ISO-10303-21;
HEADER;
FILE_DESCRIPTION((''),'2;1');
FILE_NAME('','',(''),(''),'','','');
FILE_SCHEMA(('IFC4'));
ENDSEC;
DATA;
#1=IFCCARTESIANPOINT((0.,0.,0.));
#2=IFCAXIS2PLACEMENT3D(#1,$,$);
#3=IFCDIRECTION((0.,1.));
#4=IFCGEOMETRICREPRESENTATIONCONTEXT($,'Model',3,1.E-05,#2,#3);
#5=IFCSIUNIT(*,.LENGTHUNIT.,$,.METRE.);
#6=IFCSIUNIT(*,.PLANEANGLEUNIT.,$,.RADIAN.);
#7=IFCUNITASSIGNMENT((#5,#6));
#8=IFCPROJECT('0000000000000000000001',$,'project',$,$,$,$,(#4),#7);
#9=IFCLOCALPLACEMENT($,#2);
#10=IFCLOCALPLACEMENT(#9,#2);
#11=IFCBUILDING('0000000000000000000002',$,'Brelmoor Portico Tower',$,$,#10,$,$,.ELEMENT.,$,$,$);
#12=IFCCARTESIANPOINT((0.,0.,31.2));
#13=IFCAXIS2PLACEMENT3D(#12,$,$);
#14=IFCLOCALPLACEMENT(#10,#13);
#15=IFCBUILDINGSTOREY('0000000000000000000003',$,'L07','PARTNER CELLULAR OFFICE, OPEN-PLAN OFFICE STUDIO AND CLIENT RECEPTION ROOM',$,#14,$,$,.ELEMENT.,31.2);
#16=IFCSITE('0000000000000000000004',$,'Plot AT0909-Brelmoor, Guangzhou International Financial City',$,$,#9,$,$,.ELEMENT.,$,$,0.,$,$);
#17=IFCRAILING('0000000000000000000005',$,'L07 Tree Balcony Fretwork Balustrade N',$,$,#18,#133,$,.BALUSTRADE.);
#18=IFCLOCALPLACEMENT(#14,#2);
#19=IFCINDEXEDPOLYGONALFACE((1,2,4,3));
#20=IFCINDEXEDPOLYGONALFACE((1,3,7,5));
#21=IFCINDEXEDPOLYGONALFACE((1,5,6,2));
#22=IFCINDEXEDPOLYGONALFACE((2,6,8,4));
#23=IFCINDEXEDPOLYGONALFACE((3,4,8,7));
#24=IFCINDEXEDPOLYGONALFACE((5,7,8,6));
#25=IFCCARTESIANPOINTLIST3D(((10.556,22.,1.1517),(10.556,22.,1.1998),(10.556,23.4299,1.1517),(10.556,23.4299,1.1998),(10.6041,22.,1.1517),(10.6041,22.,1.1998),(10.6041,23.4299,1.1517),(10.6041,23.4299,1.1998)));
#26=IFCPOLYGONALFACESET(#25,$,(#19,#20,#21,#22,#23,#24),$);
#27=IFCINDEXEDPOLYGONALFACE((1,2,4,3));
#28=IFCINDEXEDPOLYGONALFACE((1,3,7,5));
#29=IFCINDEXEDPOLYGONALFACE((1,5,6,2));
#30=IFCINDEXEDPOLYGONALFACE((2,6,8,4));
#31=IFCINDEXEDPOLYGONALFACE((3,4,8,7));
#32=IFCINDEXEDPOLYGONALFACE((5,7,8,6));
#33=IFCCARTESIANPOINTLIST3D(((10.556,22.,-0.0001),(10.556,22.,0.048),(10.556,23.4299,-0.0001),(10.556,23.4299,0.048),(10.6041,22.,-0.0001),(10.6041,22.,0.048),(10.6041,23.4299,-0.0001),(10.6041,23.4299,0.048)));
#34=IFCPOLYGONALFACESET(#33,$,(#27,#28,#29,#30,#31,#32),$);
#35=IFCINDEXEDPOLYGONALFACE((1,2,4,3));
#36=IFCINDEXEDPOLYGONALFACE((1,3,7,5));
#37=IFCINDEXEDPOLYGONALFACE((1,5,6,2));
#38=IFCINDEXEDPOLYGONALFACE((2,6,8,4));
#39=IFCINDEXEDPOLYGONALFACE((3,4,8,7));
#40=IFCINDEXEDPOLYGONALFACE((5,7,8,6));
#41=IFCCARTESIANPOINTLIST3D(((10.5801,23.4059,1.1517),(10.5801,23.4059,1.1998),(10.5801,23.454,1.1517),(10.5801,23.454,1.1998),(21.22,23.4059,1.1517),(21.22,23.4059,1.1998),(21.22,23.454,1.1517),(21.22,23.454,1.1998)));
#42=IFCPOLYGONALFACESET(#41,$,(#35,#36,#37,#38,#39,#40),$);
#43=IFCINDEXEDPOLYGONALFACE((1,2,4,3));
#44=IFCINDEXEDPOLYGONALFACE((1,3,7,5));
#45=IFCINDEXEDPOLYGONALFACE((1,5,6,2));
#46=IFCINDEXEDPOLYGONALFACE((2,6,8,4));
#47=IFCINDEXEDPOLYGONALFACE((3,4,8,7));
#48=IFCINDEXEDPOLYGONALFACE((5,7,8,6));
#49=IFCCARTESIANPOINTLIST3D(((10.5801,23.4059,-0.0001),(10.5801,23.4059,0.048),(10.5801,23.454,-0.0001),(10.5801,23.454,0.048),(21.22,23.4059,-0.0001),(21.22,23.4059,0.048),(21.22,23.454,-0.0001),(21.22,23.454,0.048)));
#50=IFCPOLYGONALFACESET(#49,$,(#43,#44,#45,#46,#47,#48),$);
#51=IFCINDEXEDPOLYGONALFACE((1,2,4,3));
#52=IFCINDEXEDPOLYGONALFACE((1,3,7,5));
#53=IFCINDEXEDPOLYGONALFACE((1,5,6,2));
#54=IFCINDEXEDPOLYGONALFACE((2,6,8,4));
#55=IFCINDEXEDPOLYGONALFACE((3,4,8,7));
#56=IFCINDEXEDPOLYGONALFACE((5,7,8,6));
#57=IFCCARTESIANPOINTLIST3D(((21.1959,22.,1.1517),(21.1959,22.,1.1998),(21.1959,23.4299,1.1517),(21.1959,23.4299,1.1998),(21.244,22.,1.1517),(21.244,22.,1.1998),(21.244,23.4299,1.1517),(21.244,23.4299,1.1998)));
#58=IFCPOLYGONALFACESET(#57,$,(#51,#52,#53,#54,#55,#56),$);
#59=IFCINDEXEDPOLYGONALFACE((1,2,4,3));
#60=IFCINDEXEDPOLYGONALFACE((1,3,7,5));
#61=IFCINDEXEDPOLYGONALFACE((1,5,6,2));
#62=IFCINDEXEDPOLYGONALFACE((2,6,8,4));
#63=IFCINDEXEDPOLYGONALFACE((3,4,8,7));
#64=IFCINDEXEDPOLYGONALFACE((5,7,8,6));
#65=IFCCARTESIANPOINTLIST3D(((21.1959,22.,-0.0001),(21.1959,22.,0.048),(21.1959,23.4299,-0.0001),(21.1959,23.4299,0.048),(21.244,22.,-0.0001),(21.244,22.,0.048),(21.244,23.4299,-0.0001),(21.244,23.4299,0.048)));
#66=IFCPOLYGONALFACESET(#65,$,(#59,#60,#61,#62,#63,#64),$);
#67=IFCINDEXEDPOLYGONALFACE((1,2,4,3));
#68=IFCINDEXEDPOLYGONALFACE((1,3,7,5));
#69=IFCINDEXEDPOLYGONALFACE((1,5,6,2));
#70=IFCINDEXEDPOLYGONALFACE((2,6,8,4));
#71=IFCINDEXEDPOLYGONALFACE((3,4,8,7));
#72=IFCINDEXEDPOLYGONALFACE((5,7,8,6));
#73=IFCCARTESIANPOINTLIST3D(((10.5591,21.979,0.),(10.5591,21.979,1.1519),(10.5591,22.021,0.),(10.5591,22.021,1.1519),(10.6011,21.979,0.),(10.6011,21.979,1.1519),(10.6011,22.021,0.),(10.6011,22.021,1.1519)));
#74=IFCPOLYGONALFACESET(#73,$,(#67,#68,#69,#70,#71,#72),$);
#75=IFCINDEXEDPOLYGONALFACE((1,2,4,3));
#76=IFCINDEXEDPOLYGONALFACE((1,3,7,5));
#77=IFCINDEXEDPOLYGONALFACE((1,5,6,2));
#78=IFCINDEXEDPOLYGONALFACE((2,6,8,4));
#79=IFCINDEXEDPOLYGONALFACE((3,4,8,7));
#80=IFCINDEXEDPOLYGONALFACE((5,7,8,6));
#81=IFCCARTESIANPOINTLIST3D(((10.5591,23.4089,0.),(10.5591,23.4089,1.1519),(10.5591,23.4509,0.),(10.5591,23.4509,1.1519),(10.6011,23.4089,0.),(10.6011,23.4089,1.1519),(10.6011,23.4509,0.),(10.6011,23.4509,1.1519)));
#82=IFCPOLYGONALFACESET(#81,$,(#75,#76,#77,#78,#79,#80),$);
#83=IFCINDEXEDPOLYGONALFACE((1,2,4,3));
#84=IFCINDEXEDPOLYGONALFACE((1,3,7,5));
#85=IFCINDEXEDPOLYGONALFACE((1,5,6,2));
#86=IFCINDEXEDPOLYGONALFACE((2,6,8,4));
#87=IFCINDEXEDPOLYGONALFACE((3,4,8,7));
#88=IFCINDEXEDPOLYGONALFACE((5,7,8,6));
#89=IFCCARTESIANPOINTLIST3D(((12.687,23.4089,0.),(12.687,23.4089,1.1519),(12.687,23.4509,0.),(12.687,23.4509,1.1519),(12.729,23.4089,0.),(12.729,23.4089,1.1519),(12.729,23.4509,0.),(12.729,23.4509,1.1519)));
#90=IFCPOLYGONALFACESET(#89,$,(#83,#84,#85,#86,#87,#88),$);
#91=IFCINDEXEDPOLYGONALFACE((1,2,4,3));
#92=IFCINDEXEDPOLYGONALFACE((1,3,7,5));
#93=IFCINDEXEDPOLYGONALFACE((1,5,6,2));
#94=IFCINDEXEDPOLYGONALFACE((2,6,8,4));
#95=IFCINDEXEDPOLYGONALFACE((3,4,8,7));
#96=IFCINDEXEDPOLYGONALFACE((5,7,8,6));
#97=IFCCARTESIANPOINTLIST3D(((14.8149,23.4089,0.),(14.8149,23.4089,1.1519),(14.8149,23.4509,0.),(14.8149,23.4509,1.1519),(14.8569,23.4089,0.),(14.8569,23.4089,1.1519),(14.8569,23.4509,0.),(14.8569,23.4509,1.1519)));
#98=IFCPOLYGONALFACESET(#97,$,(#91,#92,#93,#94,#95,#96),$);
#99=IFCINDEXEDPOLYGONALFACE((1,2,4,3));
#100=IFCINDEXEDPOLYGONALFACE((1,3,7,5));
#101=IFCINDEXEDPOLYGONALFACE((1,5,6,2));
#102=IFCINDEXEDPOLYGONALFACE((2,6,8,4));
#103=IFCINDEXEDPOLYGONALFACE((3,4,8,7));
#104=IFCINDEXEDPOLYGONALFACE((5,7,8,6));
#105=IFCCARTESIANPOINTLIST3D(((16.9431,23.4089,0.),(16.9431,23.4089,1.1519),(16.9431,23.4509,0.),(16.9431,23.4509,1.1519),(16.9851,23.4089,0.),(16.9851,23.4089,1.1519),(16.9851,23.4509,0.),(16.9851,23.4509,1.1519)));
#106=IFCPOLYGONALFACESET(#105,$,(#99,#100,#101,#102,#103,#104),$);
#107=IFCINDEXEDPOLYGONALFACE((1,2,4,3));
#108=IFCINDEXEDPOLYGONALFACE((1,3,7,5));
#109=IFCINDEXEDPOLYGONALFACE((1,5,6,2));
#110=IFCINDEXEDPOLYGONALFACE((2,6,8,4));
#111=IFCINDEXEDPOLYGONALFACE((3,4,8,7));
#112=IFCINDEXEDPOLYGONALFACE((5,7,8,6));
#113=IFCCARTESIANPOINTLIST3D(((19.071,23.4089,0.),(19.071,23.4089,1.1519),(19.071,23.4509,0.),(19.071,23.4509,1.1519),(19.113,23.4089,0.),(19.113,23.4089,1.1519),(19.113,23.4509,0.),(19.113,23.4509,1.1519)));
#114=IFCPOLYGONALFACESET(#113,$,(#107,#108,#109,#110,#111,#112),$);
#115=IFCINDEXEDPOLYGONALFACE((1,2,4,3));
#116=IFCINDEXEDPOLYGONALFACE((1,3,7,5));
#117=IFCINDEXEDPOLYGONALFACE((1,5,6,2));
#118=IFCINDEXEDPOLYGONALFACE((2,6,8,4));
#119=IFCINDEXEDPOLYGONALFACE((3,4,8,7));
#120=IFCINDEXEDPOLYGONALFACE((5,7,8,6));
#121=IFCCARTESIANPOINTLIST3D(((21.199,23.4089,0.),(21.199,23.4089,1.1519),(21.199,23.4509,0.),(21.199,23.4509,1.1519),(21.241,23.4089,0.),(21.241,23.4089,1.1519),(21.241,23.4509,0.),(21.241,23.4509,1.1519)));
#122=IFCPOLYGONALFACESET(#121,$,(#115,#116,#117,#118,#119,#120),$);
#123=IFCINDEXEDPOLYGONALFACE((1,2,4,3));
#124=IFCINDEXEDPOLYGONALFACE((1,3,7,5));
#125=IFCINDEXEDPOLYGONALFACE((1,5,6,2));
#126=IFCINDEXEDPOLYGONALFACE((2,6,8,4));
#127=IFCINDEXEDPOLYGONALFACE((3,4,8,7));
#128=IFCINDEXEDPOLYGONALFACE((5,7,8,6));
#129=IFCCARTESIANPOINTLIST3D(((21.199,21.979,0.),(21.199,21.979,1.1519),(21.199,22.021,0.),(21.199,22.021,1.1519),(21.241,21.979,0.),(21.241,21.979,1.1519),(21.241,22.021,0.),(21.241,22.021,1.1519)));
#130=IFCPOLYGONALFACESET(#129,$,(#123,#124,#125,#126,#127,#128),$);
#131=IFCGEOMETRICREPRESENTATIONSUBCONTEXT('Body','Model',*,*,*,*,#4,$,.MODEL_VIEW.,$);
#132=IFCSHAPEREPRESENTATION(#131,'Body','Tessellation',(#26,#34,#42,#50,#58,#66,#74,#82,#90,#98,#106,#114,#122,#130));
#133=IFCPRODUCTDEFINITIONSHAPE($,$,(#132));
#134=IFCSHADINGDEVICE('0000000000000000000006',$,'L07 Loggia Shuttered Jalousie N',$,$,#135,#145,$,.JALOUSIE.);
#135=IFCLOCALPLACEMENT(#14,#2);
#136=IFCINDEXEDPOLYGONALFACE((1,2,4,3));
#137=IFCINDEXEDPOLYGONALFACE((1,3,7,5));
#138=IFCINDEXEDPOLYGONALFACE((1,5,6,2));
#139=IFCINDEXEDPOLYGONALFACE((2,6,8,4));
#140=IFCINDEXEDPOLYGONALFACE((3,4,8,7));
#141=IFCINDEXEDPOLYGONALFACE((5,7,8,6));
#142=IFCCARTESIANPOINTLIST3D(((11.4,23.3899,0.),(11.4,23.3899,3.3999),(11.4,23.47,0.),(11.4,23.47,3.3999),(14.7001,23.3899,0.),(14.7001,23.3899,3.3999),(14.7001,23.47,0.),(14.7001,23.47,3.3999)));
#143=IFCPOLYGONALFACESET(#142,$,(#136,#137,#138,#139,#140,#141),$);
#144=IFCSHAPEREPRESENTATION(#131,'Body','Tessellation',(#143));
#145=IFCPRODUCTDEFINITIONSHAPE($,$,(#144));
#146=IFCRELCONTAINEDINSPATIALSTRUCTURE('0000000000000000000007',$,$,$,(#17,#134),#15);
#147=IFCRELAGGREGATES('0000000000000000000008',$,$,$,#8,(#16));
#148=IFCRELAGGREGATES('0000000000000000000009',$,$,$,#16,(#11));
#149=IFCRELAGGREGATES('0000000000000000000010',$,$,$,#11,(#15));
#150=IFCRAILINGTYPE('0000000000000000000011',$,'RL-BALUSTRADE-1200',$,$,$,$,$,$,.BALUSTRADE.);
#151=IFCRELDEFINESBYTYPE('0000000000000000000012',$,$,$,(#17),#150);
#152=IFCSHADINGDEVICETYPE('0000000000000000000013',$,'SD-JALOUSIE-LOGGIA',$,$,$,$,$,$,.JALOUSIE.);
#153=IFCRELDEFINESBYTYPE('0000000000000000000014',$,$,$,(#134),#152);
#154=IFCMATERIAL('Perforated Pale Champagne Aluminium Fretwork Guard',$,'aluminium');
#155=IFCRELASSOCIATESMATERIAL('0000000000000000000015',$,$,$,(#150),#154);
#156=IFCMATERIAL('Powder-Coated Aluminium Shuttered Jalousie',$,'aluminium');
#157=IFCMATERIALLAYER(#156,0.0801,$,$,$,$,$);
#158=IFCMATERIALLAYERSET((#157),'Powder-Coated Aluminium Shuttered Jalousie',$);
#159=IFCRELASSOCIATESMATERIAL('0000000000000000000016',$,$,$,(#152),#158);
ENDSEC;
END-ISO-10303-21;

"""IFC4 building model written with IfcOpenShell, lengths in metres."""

from ifc_helpers import new_model, si_unit, direction, frame, origin, origin_2d, place, context, subcontext, project, spatial, rectangle, extrude, material, layer, layer_set, type_object, element, save


model = new_model("IFC4")

# Units and contexts
model_context = context("Model", 3, precision=1e-05, world=origin(), true_north=direction((0.0, 1.0)))
body_context = subcontext(model_context, "Body", "Model", "MODEL_VIEW")
ifc_project = project(units=[si_unit("LENGTHUNIT", "METRE"), si_unit("PLANEANGLEUNIT", "RADIAN")], contexts=[model_context])

# Site, building, storey
site_placement = place(None, origin())
site = spatial("IfcSite", under=ifc_project, at=site_placement, Name="Plot AT0909-Brelmoor, Guangzhou International Financial City", CompositionType="ELEMENT", RefElevation=0.0)
building_placement = place(site_placement, origin())
building = spatial("IfcBuilding", under=site, at=building_placement, Name="Brelmoor Portico Tower", CompositionType="ELEMENT")
storey_placement = place(building_placement, frame((0.0, 0.0, 31.2)))
storey = spatial("IfcBuildingStorey", under=building, at=storey_placement, Name="L07", Description="PARTNER CELLULAR OFFICE, OPEN-PLAN OFFICE STUDIO AND CLIENT RECEPTION ROOM", CompositionType="ELEMENT", Elevation=31.2)

# Railing
ifc_material_1 = material(Name="Perforated Pale Champagne Aluminium Fretwork Guard", Category="aluminium")
railing_type = type_object("IfcRailingType", Name="RL-BALUSTRADE-1200", PredefinedType="BALUSTRADE", material=ifc_material_1)
railing_placement = place(storey_placement, frame((10.5801, 22.0, 0.0)))
element("IfcRailing", 1, at=railing_placement, inside=storey, type_object=railing_type, Name="L07 Tree Balcony Fretwork Balustrade N", PredefinedType="BALUSTRADE", context=body_context, shape_type="SweptSolid", body=[
    extrude(rectangle(XDim=0.0481, YDim=0.0481, at=origin_2d()), frame((0.0, 0.0, 1.1758), z_axis=(0.0, 1.0, 0.0), x_axis=(-1.0, 0.0, 0.0)), (0.0, 0.0, 1.0), 1.4299),
    extrude(rectangle(XDim=0.0481, YDim=0.0481, at=origin_2d()), frame((0.0, 0.0, 0.0239), z_axis=(0.0, 1.0, 0.0), x_axis=(-1.0, 0.0, 0.0)), (0.0, 0.0, 1.0), 1.4299),
    extrude(rectangle(XDim=0.0481, YDim=0.0481, at=origin_2d()), frame((0.0, 1.4299, 1.1758), z_axis=(1.0, 0.0, 0.0), x_axis=(0.0, 1.0, 0.0)), (0.0, 0.0, 1.0), 10.6399),
    extrude(rectangle(XDim=0.0481, YDim=0.0481, at=origin_2d()), frame((0.0, 1.4299, 0.0239), z_axis=(1.0, 0.0, 0.0), x_axis=(0.0, 1.0, 0.0)), (0.0, 0.0, 1.0), 10.6399),
    extrude(rectangle(XDim=0.0481, YDim=0.0481, at=origin_2d()), frame((10.6399, 1.4299, 1.1758), z_axis=(0.0, -1.0, 0.0), x_axis=(1.0, 0.0, 0.0)), (0.0, 0.0, 1.0), 1.4299),
    extrude(rectangle(XDim=0.0481, YDim=0.0481, at=origin_2d()), frame((10.6399, 1.4299, 0.0239), z_axis=(0.0, -1.0, 0.0), x_axis=(1.0, 0.0, 0.0)), (0.0, 0.0, 1.0), 1.4299),
    extrude(rectangle(XDim=0.042, YDim=0.042, at=origin_2d()), origin(), (0.0, 0.0, 1.0), 1.1519),
    extrude(rectangle(XDim=0.042, YDim=0.042, at=origin_2d()), frame((0.0, 1.4299, 0.0)), (0.0, 0.0, 1.0), 1.1519),
    extrude(rectangle(XDim=0.042, YDim=0.042, at=origin_2d()), frame((2.1279, 1.4299, 0.0)), (0.0, 0.0, 1.0), 1.1519),
    extrude(rectangle(XDim=0.042, YDim=0.042, at=origin_2d()), frame((4.2559, 1.4299, 0.0)), (0.0, 0.0, 1.0), 1.1519),
    extrude(rectangle(XDim=0.042, YDim=0.042, at=origin_2d()), frame((6.384, 1.4299, 0.0)), (0.0, 0.0, 1.0), 1.1519),
    extrude(rectangle(XDim=0.042, YDim=0.042, at=origin_2d()), frame((8.512, 1.4299, 0.0)), (0.0, 0.0, 1.0), 1.1519),
    extrude(rectangle(XDim=0.042, YDim=0.042, at=origin_2d()), frame((10.6399, 1.4299, 0.0)), (0.0, 0.0, 1.0), 1.1519),
    extrude(rectangle(XDim=0.042, YDim=0.042, at=origin_2d()), frame((10.6399, 0.0, 0.0)), (0.0, 0.0, 1.0), 1.1519),
])

# Shading device
ifc_material_2 = material(Name="Powder-Coated Aluminium Shuttered Jalousie", Category="aluminium")
ifc_layer_1 = layer(ifc_material_2, 0.0801)
ifc_layer_set_1 = layer_set([ifc_layer_1], Name="Powder-Coated Aluminium Shuttered Jalousie")
shading_device_type = type_object("IfcShadingDeviceType", Name="SD-JALOUSIE-LOGGIA", PredefinedType="JALOUSIE", material=ifc_layer_set_1)
shading_device_placement = place(storey_placement, frame((13.05, 23.4299, 0.0), z_axis=(0.0, 0.0, 1.0), x_axis=(1.0, 0.0, 0.0)))
element("IfcShadingDevice", 2, at=shading_device_placement, inside=storey, type_object=shading_device_type, Name="L07 Loggia Shuttered Jalousie N", PredefinedType="JALOUSIE", context=body_context, shape_type="SweptSolid", body=[
    extrude(rectangle(XDim=3.3, YDim=0.0801, at=origin_2d()), origin(), (0.0, 0.0, 1.0), 3.3999),
])

save(model, "model.ifc")
